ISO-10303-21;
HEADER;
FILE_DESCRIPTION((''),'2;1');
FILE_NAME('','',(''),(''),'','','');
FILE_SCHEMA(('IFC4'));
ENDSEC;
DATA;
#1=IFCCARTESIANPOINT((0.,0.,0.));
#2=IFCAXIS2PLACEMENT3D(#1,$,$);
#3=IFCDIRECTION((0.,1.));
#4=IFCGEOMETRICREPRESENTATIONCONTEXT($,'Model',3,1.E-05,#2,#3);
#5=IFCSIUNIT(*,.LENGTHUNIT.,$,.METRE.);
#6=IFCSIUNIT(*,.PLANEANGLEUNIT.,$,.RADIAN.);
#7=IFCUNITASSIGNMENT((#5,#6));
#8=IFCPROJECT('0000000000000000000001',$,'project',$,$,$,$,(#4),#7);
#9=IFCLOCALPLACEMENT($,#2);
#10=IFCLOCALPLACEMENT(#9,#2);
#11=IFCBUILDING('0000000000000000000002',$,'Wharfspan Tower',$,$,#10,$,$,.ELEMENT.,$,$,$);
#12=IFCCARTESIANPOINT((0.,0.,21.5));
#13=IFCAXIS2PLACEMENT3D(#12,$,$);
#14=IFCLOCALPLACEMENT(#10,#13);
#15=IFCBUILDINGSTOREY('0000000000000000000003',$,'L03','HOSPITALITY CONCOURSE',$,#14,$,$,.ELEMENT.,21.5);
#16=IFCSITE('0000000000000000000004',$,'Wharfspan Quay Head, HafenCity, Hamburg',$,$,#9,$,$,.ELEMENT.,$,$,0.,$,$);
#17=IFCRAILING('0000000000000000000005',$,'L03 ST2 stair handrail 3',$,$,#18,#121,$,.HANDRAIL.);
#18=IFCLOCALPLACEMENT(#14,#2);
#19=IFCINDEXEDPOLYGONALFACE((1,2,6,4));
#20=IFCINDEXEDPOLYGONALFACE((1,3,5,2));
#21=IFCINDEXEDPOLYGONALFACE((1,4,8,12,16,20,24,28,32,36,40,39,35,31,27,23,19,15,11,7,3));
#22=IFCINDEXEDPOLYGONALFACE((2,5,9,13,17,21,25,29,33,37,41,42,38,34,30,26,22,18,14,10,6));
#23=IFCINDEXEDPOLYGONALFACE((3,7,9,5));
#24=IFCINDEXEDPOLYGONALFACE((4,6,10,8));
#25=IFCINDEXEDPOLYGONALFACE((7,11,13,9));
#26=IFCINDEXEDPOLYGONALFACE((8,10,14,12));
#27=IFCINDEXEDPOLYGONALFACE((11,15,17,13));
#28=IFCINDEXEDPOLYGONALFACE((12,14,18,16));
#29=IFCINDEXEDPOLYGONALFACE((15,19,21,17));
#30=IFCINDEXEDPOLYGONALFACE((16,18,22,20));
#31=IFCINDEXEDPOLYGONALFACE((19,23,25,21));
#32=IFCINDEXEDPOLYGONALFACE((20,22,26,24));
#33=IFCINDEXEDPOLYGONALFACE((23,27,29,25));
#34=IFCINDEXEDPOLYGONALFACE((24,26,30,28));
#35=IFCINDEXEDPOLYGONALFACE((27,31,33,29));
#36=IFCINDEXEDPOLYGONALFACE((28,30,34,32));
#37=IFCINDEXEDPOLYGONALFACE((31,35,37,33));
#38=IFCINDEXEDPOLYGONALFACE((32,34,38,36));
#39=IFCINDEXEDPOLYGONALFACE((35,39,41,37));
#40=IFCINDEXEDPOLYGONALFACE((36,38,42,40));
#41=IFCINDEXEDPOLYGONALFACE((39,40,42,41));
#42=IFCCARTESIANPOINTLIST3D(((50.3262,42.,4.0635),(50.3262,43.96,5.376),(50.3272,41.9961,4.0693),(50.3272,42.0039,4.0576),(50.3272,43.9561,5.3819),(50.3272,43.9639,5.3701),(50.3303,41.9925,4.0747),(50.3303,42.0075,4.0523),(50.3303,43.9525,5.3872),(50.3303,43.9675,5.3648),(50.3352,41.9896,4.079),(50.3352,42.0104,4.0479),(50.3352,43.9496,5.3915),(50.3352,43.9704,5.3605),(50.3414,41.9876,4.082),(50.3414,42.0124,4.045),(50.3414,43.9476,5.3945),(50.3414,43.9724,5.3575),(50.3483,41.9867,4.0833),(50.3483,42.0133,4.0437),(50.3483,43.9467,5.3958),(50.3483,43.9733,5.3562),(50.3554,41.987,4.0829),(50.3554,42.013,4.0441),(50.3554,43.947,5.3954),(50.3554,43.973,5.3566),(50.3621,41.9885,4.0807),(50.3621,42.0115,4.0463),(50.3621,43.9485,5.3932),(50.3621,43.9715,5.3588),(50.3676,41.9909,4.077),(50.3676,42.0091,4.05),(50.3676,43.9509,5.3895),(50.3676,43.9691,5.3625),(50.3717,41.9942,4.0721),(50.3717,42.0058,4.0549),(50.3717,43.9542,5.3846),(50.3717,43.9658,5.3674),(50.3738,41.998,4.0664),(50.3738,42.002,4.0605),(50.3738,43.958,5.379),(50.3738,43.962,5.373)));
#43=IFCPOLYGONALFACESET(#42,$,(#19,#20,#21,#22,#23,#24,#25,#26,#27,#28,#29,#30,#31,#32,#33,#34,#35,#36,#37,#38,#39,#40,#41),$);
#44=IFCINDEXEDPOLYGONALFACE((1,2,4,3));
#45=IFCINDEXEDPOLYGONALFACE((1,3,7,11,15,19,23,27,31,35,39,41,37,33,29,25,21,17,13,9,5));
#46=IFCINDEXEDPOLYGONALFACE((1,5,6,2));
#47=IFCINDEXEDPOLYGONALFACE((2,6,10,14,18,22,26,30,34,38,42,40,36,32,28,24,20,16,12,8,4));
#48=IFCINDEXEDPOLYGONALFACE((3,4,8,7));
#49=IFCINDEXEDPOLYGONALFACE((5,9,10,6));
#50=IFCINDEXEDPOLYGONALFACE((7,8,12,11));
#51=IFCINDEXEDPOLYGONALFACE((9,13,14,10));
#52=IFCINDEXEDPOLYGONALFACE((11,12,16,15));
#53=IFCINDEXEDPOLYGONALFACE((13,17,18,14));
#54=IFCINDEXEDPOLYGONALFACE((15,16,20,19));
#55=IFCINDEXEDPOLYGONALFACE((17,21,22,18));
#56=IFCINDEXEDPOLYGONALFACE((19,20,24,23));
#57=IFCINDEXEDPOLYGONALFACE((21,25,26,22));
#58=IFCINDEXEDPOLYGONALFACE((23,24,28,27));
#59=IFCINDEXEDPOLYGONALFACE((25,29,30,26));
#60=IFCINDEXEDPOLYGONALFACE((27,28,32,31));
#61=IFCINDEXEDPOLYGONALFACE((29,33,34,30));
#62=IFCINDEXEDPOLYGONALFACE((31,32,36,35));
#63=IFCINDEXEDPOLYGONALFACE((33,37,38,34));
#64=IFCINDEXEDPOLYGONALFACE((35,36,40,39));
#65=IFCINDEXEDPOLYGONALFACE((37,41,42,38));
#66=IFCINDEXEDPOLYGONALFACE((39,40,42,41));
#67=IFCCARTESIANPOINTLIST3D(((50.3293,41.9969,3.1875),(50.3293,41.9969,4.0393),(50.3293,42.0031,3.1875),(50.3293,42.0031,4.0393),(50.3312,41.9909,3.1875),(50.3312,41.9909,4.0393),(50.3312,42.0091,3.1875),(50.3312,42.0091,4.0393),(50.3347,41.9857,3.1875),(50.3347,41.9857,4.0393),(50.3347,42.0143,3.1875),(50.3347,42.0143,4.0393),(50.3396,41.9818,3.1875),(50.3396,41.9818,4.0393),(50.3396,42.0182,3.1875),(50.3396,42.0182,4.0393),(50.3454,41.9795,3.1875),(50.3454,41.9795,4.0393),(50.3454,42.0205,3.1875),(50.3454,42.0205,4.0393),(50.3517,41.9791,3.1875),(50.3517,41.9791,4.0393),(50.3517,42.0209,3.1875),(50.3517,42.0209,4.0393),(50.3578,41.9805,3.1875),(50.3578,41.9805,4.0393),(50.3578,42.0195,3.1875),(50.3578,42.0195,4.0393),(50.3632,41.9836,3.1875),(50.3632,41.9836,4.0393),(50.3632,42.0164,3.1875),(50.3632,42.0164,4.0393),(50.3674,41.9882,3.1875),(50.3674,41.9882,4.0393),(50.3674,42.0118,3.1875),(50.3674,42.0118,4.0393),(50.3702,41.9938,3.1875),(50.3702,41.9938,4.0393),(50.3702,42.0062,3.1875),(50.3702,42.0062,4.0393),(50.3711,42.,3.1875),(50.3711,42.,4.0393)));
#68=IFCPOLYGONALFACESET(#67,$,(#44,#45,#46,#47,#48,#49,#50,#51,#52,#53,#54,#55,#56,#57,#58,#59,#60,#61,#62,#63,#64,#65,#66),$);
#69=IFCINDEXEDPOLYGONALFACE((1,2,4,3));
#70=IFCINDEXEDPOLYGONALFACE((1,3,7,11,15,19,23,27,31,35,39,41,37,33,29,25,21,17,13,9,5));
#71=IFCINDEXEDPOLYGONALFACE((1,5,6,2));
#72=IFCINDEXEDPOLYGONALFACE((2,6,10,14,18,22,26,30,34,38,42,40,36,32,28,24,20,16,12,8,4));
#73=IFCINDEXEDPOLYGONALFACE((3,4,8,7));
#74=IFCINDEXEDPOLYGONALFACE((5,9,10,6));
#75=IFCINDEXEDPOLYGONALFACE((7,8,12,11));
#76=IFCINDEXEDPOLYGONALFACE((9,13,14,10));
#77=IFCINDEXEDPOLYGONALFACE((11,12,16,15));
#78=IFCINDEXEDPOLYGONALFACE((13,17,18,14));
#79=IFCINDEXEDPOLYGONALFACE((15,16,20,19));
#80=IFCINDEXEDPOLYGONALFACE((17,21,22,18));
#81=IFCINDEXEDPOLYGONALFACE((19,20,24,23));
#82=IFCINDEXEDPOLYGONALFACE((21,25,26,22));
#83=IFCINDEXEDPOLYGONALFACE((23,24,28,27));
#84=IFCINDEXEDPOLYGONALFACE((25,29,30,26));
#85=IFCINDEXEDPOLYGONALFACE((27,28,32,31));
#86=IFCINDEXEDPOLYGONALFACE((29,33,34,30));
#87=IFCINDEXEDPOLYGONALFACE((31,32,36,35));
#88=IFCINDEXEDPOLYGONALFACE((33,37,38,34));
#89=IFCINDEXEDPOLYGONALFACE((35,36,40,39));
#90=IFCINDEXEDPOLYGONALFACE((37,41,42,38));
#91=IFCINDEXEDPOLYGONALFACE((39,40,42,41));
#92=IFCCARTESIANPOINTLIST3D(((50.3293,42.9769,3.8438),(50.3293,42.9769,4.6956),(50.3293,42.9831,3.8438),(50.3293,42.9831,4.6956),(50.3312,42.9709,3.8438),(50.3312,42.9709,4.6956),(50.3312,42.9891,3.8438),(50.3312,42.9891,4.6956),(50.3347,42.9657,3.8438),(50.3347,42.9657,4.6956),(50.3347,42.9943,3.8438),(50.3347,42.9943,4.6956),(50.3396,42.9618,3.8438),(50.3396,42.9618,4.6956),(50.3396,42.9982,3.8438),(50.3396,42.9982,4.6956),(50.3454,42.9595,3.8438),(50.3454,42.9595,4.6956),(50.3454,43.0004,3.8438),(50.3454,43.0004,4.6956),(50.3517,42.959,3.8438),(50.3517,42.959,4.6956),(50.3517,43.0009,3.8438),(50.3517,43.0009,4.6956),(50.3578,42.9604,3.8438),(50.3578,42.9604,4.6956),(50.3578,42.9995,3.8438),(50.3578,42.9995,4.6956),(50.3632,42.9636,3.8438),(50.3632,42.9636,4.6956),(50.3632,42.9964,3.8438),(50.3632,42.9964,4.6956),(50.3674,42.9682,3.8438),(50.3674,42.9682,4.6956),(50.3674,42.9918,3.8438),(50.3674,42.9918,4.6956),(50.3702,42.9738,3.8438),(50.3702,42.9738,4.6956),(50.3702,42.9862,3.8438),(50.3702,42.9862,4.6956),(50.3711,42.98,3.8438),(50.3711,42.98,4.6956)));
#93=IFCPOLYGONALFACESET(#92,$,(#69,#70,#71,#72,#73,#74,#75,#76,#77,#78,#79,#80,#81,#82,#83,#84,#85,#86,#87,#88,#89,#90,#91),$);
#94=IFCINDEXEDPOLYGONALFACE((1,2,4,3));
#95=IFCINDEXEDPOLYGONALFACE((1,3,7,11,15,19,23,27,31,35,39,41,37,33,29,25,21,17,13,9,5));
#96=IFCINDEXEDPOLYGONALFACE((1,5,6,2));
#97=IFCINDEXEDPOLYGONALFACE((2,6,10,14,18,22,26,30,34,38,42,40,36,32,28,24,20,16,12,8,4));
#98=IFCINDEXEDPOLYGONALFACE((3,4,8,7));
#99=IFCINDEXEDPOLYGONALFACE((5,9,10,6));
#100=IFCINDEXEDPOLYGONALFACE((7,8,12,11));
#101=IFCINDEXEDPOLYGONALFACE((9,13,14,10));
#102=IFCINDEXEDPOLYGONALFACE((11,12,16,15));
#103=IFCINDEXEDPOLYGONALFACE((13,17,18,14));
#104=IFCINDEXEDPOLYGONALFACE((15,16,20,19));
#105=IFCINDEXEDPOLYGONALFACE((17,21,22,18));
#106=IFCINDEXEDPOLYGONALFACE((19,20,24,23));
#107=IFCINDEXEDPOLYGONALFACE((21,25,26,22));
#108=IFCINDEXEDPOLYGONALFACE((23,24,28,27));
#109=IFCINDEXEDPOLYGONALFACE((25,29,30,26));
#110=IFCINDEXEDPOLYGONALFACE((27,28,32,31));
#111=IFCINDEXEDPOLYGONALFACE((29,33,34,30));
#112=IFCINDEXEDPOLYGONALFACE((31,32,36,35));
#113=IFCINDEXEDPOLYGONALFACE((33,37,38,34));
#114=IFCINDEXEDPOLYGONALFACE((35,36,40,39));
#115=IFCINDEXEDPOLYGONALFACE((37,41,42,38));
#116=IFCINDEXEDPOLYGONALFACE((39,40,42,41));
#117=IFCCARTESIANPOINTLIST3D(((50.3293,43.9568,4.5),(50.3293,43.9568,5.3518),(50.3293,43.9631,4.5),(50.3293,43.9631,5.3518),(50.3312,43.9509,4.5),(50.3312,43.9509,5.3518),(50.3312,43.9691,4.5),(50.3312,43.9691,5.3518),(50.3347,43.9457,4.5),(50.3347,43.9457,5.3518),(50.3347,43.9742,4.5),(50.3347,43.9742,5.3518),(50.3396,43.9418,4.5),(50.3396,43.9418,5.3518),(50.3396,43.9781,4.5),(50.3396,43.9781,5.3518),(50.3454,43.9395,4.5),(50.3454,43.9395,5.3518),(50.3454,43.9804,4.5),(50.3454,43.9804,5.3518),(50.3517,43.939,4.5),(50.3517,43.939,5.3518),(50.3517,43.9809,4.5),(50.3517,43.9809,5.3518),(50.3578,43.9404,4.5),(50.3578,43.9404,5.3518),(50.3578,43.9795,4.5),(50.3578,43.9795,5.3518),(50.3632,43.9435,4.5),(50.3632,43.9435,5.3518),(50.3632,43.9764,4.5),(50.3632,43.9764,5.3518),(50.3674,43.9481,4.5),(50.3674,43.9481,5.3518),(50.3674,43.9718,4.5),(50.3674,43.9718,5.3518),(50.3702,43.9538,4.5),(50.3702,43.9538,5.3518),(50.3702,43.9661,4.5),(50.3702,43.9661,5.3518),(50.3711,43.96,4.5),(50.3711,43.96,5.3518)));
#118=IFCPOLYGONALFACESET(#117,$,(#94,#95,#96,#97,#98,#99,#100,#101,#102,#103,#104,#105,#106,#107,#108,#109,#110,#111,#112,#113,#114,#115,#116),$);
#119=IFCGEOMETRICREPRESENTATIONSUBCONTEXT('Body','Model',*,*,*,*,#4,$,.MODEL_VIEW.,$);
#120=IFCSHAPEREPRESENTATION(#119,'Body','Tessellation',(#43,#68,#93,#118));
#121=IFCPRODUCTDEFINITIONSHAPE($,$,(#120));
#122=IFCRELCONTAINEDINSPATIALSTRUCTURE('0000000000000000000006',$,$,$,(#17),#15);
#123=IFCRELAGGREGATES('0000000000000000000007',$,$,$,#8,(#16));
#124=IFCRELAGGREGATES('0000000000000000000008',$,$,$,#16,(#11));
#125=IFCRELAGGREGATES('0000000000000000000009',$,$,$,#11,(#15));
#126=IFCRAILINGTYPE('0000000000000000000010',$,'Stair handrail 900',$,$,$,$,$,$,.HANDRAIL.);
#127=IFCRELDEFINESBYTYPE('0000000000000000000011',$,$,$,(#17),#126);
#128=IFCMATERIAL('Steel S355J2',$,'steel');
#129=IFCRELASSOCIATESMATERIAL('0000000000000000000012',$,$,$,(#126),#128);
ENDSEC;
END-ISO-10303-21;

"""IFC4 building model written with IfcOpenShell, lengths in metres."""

from ifc_helpers import new_model, si_unit, direction, frame, origin, origin_2d, place, context, subcontext, project, spatial, circle, extrude, material, type_object, element, save


model = new_model("IFC4")

# Units and contexts
model_context = context("Model", 3, precision=1e-05, world=origin(), true_north=direction((0.0, 1.0)))
body_context = subcontext(model_context, "Body", "Model", "MODEL_VIEW")
ifc_project = project(units=[si_unit("LENGTHUNIT", "METRE"), si_unit("PLANEANGLEUNIT", "RADIAN")], contexts=[model_context])

# Site, building, storey
site_placement = place(None, origin())
site = spatial("IfcSite", under=ifc_project, at=site_placement, Name="Wharfspan Quay Head, HafenCity, Hamburg", CompositionType="ELEMENT", RefElevation=0.0)
building_placement = place(site_placement, origin())
building = spatial("IfcBuilding", under=site, at=building_placement, Name="Wharfspan Tower", CompositionType="ELEMENT")
storey_placement = place(building_placement, frame((0.0, 0.0, 21.5)))
storey = spatial("IfcBuildingStorey", under=building, at=storey_placement, Name="L03", Description="HOSPITALITY CONCOURSE", CompositionType="ELEMENT", Elevation=21.5)

# Railing
ifc_material_1 = material(Name="Steel S355J2", Category="steel")
railing_type_1 = type_object("IfcRailingType", Name="Stair handrail 900", PredefinedType="HANDRAIL", material=ifc_material_1)
railing_1_placement = place(storey_placement, frame((50.3501, 42.0, 3.1875)))
element("IfcRailing", 1, at=railing_1_placement, inside=storey, type_object=railing_type_1, Name="L03 ST2 stair handrail 3", PredefinedType="HANDRAIL", context=body_context, shape_type="SweptSolid", body=[
    extrude(circle(Radius=0.0239, at=origin_2d()), frame((0.0, 0.0, 0.876), z_axis=(0.0, 0.830902, 0.556419), x_axis=(-1.0, 0.0, 0.0)), (0.0, 0.0, 1.0), 2.3589),
    extrude(circle(Radius=0.021, at=origin_2d()), origin(), (0.0, 0.0, 1.0), 0.8518),
    extrude(circle(Radius=0.021, at=origin_2d()), frame((0.0, 0.98, 0.6562)), (0.0, 0.0, 1.0), 0.8518),
    extrude(circle(Radius=0.021, at=origin_2d()), frame((0.0, 1.96, 1.3125)), (0.0, 0.0, 1.0), 0.8518),
])

save(model, "model.ifc")
